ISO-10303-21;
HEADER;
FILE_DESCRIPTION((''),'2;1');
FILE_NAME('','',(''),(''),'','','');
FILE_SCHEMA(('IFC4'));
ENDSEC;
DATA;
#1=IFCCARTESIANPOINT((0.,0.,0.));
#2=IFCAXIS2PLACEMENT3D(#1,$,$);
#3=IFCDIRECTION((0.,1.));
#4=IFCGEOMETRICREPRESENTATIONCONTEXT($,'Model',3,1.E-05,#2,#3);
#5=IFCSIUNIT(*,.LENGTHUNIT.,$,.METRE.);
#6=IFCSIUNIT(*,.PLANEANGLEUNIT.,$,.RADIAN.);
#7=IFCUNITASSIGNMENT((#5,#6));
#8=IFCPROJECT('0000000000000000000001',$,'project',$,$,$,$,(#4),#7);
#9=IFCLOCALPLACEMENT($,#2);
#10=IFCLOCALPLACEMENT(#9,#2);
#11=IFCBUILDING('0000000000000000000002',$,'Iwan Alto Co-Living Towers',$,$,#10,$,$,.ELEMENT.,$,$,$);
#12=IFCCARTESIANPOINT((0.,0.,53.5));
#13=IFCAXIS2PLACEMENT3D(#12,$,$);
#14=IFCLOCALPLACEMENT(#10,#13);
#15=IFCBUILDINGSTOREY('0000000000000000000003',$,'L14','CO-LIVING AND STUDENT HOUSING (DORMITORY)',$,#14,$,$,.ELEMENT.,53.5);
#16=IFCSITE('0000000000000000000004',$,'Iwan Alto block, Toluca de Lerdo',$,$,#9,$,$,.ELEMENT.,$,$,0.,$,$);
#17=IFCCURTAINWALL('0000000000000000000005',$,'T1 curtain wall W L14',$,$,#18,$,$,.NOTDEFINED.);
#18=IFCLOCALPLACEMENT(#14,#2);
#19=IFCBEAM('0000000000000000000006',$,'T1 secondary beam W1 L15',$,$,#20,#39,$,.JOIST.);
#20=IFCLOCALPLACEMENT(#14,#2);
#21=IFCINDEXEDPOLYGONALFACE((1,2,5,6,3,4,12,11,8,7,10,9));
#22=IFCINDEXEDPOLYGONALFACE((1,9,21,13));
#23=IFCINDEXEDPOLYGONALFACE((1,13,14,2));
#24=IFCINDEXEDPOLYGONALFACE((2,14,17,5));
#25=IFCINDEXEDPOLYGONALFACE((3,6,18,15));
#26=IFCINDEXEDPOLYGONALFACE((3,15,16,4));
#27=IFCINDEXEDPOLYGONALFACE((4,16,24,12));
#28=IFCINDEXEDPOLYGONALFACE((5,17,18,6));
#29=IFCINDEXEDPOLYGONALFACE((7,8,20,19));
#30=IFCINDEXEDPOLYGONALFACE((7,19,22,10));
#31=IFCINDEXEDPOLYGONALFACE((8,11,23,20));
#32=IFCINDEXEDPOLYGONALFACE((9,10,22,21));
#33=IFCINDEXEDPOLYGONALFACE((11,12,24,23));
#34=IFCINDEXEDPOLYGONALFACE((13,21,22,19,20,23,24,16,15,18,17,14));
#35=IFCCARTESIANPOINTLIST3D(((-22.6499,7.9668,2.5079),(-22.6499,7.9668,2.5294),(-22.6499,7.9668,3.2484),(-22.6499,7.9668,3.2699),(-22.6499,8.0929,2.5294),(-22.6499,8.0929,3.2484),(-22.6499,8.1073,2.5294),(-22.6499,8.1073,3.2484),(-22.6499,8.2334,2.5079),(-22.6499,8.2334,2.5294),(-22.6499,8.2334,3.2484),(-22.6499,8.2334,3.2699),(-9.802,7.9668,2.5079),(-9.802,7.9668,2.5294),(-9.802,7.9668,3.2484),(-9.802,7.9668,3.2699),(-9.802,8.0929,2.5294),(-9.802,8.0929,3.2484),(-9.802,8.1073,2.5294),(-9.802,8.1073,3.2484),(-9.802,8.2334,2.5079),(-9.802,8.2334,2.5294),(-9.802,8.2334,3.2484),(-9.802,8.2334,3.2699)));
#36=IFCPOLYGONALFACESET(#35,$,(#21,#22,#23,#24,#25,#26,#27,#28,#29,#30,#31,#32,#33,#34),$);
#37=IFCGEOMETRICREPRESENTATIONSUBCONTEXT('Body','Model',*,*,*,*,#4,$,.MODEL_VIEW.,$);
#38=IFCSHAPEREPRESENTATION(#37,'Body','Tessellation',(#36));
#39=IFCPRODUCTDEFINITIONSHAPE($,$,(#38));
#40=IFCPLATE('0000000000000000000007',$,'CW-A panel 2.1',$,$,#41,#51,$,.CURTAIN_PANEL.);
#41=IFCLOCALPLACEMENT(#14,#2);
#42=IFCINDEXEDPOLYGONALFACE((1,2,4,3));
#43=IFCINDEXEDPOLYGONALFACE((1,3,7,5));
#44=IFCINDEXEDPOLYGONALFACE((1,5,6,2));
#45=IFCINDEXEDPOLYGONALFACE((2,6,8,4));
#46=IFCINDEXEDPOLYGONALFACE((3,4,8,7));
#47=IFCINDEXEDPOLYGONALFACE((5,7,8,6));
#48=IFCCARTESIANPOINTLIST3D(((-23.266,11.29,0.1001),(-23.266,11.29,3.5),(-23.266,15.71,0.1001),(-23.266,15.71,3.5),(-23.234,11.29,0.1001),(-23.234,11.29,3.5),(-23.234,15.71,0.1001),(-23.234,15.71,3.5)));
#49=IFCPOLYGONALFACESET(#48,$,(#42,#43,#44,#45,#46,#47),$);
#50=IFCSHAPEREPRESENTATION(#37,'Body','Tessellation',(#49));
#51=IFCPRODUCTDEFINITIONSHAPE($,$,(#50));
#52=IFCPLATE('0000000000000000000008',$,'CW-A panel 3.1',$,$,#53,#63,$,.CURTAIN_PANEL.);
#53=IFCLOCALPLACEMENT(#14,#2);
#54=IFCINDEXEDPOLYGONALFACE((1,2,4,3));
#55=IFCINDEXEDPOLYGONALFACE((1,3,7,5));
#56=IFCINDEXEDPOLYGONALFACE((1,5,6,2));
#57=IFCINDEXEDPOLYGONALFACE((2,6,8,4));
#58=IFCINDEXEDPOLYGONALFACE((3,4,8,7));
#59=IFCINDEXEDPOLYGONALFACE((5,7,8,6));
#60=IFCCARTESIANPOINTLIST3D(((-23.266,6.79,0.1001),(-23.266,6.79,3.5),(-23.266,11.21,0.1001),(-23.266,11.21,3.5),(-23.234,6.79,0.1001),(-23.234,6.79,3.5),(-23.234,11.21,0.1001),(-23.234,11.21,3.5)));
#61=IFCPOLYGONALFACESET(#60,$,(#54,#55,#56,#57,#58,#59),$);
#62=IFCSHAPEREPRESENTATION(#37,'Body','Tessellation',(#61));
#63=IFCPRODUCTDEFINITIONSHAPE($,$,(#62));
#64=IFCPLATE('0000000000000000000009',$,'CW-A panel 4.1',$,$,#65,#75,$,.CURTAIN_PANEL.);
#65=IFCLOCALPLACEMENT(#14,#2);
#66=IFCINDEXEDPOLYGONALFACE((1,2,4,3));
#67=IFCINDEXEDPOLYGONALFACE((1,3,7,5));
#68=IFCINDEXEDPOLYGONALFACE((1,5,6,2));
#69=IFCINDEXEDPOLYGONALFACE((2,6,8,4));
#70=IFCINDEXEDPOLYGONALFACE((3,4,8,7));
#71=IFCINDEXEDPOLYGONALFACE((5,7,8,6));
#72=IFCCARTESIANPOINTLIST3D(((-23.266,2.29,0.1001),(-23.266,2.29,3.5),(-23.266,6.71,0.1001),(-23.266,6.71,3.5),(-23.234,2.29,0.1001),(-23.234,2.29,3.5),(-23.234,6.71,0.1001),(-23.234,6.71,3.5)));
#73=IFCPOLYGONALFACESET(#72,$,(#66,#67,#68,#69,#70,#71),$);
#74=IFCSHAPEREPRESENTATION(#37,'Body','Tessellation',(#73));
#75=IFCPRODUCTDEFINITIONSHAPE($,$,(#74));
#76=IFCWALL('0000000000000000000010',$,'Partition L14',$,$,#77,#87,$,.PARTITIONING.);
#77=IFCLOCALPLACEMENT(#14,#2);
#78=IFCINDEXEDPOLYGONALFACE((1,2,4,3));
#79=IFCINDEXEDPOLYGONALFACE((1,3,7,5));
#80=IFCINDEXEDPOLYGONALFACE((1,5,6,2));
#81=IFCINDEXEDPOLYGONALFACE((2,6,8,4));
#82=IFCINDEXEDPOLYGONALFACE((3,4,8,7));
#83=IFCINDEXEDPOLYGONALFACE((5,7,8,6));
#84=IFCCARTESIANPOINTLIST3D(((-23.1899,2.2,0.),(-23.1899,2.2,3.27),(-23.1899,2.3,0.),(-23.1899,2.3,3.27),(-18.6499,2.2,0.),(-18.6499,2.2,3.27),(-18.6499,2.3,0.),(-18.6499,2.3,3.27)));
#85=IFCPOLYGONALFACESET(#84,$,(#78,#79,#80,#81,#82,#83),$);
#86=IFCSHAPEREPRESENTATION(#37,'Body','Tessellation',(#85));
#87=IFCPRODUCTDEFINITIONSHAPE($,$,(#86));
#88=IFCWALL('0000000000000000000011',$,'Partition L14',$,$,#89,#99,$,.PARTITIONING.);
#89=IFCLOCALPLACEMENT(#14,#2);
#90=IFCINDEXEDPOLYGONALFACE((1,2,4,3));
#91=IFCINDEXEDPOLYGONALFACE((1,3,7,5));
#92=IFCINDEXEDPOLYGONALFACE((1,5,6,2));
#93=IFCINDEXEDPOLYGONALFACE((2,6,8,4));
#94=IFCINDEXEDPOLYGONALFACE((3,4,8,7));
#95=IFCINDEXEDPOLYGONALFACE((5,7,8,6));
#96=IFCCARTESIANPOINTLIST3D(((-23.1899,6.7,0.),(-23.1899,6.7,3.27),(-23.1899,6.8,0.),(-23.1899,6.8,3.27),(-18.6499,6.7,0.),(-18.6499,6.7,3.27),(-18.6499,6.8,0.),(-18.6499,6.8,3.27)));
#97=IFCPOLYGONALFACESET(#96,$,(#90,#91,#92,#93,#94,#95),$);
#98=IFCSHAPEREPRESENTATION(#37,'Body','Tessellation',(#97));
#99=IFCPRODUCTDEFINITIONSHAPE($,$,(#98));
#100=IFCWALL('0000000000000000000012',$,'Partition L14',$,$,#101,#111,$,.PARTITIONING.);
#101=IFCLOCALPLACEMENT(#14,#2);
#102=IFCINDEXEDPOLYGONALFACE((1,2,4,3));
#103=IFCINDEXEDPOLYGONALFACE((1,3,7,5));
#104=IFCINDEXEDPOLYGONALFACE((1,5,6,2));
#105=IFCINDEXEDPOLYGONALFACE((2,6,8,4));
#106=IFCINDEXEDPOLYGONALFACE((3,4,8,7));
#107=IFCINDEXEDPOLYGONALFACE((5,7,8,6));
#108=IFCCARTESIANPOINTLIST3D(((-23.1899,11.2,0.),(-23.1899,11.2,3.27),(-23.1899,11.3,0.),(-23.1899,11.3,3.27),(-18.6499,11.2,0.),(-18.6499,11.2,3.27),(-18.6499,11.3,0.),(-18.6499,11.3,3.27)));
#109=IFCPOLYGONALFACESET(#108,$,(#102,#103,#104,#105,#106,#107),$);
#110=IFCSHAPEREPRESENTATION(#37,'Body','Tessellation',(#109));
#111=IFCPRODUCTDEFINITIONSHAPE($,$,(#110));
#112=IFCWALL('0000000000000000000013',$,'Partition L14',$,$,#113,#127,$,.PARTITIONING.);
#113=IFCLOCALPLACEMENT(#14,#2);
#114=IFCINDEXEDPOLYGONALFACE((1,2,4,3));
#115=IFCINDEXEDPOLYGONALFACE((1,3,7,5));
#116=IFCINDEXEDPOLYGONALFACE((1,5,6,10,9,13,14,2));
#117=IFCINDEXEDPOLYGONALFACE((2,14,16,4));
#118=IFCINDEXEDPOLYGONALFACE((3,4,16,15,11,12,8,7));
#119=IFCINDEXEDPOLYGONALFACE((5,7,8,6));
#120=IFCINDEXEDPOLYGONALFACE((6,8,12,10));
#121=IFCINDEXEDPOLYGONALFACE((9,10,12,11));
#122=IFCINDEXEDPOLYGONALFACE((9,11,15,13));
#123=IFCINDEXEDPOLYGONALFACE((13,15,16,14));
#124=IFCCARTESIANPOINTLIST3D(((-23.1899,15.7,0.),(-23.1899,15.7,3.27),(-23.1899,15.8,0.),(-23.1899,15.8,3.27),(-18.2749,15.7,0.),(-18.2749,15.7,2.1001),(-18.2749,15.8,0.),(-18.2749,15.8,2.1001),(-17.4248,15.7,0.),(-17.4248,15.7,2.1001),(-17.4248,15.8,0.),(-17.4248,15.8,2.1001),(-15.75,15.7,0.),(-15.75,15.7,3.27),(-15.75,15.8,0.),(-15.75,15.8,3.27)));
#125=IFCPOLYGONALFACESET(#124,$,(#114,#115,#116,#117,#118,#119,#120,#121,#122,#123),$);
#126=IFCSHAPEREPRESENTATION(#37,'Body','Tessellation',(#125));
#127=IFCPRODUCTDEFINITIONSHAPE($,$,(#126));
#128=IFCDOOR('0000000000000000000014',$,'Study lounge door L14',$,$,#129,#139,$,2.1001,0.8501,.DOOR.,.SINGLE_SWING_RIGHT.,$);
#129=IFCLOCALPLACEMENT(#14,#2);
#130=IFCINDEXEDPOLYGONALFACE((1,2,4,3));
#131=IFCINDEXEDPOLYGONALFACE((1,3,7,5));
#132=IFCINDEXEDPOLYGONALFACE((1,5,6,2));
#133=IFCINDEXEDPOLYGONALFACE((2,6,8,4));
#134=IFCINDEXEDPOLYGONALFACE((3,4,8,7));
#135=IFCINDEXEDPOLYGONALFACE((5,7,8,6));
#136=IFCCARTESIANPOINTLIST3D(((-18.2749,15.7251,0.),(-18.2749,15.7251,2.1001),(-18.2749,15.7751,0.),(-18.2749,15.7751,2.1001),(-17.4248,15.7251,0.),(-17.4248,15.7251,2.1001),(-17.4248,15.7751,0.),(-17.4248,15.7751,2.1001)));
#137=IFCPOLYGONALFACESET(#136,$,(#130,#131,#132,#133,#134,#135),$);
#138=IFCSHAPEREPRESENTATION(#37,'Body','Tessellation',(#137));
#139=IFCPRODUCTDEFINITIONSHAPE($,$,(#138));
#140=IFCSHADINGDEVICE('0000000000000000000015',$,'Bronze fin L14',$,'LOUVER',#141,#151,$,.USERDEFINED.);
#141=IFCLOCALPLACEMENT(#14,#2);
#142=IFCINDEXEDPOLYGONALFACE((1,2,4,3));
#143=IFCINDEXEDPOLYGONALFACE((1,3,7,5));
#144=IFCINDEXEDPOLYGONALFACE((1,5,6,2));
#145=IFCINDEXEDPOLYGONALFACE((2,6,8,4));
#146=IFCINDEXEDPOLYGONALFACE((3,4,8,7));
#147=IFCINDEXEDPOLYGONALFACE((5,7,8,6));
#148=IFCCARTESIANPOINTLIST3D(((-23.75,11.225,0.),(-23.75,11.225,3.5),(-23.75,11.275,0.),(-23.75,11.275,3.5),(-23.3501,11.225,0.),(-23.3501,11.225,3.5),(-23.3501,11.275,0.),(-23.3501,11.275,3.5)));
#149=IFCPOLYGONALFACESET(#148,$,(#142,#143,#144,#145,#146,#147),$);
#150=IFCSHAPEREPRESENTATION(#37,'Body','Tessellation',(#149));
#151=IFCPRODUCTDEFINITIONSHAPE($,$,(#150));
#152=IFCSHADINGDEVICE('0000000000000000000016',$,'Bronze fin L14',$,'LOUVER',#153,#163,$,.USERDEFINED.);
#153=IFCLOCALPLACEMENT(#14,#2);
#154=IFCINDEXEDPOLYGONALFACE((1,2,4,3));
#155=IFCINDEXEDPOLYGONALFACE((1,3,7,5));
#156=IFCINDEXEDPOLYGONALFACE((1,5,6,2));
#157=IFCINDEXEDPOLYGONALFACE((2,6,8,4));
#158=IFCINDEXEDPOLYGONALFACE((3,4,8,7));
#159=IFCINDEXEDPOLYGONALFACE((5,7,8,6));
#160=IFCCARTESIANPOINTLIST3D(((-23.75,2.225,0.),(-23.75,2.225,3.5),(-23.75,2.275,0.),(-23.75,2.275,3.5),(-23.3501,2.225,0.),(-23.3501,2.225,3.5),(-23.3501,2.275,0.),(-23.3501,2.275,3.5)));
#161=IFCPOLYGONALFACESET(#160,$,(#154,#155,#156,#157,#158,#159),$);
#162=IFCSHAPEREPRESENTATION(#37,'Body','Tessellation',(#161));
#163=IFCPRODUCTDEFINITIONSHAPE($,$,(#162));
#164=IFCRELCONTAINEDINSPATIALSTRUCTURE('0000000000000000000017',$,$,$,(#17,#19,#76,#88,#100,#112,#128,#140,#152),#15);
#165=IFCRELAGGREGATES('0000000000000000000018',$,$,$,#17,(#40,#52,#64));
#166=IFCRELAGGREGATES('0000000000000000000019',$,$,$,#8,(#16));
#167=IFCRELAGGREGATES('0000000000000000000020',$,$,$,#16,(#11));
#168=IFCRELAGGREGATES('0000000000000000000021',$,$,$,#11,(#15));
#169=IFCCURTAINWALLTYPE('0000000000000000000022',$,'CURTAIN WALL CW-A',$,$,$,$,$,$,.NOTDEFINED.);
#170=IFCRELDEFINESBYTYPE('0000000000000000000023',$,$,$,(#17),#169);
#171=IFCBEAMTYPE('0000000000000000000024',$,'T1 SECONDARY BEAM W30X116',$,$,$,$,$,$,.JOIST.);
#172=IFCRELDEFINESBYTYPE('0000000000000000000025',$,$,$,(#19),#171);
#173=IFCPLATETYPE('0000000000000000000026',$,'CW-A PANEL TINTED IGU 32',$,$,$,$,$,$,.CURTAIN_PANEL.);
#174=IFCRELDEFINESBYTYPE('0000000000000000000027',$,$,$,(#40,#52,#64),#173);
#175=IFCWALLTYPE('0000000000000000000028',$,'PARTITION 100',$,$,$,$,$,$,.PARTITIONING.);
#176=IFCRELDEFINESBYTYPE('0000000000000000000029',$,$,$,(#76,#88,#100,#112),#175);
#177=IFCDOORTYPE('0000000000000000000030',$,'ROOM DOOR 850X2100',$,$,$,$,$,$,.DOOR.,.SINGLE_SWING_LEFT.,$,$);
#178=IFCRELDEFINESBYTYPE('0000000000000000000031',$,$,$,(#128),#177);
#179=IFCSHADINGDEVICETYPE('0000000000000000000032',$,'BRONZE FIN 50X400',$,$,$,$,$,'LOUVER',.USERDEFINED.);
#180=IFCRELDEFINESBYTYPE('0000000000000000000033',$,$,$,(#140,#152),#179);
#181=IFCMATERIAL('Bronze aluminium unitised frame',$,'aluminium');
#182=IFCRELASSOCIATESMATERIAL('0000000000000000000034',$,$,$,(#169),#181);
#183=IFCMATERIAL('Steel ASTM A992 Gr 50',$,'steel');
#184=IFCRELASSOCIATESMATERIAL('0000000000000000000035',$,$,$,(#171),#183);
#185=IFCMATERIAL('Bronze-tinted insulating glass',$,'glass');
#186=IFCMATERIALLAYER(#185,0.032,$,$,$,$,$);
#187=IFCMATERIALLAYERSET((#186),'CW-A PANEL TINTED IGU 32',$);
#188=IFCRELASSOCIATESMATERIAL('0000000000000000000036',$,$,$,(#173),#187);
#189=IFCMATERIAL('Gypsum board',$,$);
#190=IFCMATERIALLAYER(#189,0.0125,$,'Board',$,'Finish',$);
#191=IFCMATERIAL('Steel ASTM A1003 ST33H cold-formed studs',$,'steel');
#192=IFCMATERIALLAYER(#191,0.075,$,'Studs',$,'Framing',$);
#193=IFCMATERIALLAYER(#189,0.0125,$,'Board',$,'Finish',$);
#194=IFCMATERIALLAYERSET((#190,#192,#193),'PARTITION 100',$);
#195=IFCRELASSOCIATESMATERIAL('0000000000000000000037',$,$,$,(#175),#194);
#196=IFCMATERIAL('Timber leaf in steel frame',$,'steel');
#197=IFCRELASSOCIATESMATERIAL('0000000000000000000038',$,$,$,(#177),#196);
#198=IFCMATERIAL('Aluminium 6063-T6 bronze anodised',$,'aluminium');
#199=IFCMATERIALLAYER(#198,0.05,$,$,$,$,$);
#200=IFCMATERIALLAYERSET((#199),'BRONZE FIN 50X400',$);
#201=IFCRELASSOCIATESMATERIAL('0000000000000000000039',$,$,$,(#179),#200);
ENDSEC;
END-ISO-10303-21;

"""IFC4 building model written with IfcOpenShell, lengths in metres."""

from ifc_helpers import new_model, si_unit, direction, frame, frame_2d, origin, origin_2d, place, context, subcontext, project, spatial, rectangle, i_section, extrude, material, layer, layer_set, material_profile, profile_set, type_object, element, fill, aggregate, save


model = new_model("IFC4")

# Units and contexts
model_context = context("Model", 3, precision=1e-05, world=origin(), true_north=direction((0.0, 1.0)))
body_context = subcontext(model_context, "Body", "Model", "MODEL_VIEW")
ifc_project = project(units=[si_unit("LENGTHUNIT", "METRE"), si_unit("PLANEANGLEUNIT", "RADIAN")], contexts=[model_context])

# Site, building, storey
site_placement = place(None, origin())
site = spatial("IfcSite", under=ifc_project, at=site_placement, Name="Iwan Alto block, Toluca de Lerdo", CompositionType="ELEMENT", RefElevation=0.0)
building_placement = place(site_placement, origin())
building = spatial("IfcBuilding", under=site, at=building_placement, Name="Iwan Alto Co-Living Towers", CompositionType="ELEMENT")
storey_placement = place(building_placement, frame((0.0, 0.0, 53.5)))
storey = spatial("IfcBuildingStorey", under=building, at=storey_placement, Name="L14", Description="CO-LIVING AND STUDENT HOUSING (DORMITORY)", CompositionType="ELEMENT", Elevation=53.5)

# Curtain wall
ifc_material_1 = material(Name="Bronze aluminium unitised frame", Category="aluminium")
curtain_wall_type = type_object("IfcCurtainWallType", Name="CURTAIN WALL CW-A", PredefinedType="NOTDEFINED", material=ifc_material_1)
curtain_wall_placement = place(storey_placement, origin())
curtain_wall = element("IfcCurtainWall", 1, at=curtain_wall_placement, inside=storey, type_object=curtain_wall_type, Name="T1 curtain wall W L14", PredefinedType="NOTDEFINED")

# Beam
ifc_material_2 = material(Name="Steel ASTM A992 Gr 50", Category="steel")
ifc_material_profile_1 = material_profile(ifc_material_2, i_section(OverallWidth=0.2666, OverallDepth=0.762, WebThickness=0.0144, FlangeThickness=0.0215, at=origin_2d()), Name="W30X116")
ifc_profile_set_1 = profile_set([ifc_material_profile_1], Name="Steel ASTM A992 Gr 50")
beam_type_1 = type_object("IfcBeamType", Name="T1 SECONDARY BEAM W30X116", PredefinedType="JOIST", material=ifc_profile_set_1)
beam_1_placement = place(storey_placement, frame((-22.6499, 8.1001, 2.8889), z_axis=(1.0, 0.0, 0.0), x_axis=(0.0, 1.0, 0.0)))
element("IfcBeam", 2, at=beam_1_placement, inside=storey, type_object=beam_type_1, Name="T1 secondary beam W1 L15", PredefinedType="JOIST", context=body_context, shape_type="SweptSolid", body=[
    extrude(i_section(OverallWidth=0.2666, OverallDepth=0.762, WebThickness=0.0144, FlangeThickness=0.0215, at=origin_2d()), origin(), (0.0, 0.0, 1.0), 12.8479),
])

# Plates
ifc_material_3 = material(Name="Bronze-tinted insulating glass", Category="glass")
ifc_layer_1 = layer(ifc_material_3, 0.032)
ifc_layer_set_1 = layer_set([ifc_layer_1], Name="CW-A PANEL TINTED IGU 32")
plate_type = type_object("IfcPlateType", Name="CW-A PANEL TINTED IGU 32", PredefinedType="CURTAIN_PANEL", material=ifc_layer_set_1)
plate_1_placement = place(storey_placement, frame((-23.25, 13.5, 0.1001), z_axis=(0.0, 0.0, 1.0), x_axis=(0.0, -1.0, 0.0)))
plate_1 = element("IfcPlate", 3, at=plate_1_placement, type_object=plate_type, Name="CW-A panel 2.1", PredefinedType="CURTAIN_PANEL", context=body_context, shape_type="SweptSolid", body=[
    extrude(rectangle(XDim=4.4199, YDim=0.032, at=origin_2d()), origin(), (0.0, 0.0, 1.0), 3.3999),
])
plate_2_placement = place(storey_placement, frame((-23.25, 9.0, 0.1001), z_axis=(0.0, 0.0, 1.0), x_axis=(0.0, -1.0, 0.0)))
plate_2 = element("IfcPlate", 4, at=plate_2_placement, type_object=plate_type, Name="CW-A panel 3.1", PredefinedType="CURTAIN_PANEL", context=body_context, shape_type="SweptSolid", body=[
    extrude(rectangle(XDim=4.4199, YDim=0.032, at=origin_2d()), origin(), (0.0, 0.0, 1.0), 3.3999),
])
plate_3_placement = place(storey_placement, frame((-23.25, 4.5, 0.1001), z_axis=(0.0, 0.0, 1.0), x_axis=(0.0, -1.0, 0.0)))
plate_3 = element("IfcPlate", 5, at=plate_3_placement, type_object=plate_type, Name="CW-A panel 4.1", PredefinedType="CURTAIN_PANEL", context=body_context, shape_type="SweptSolid", body=[
    extrude(rectangle(XDim=4.4199, YDim=0.032, at=origin_2d()), origin(), (0.0, 0.0, 1.0), 3.3999),
])
aggregate(curtain_wall, [plate_1, plate_2, plate_3])

# Walls
ifc_material_4 = material(Name="Gypsum board")
ifc_layer_2 = layer(ifc_material_4, 0.0125, Name="Board", Category="Finish")
ifc_material_5 = material(Name="Steel ASTM A1003 ST33H cold-formed studs", Category="steel")
ifc_layer_3 = layer(ifc_material_5, 0.075, Name="Studs", Category="Framing")
ifc_layer_4 = layer(ifc_material_4, 0.0125, Name="Board", Category="Finish")
ifc_layer_set_2 = layer_set([ifc_layer_2, ifc_layer_3, ifc_layer_4], Name="PARTITION 100")
wall_type = type_object("IfcWallType", Name="PARTITION 100", PredefinedType="PARTITIONING", material=ifc_layer_set_2)
for number, where, z_axis, x_axis, name in (
    (6, (-23.1899, 2.25, 0.0), (0.0, 0.0, 1.0), (1.0, 0.0, 0.0), "Partition L14"),
    (7, (-23.1899, 6.75, 0.0), (0.0, 0.0, 1.0), (1.0, 0.0, 0.0), "Partition L14"),
    (8, (-23.1899, 11.25, 0.0), (0.0, 0.0, 1.0), (1.0, 0.0, 0.0), "Partition L14"),
):
    element("IfcWall", number, at=place(storey_placement, frame(where, z_axis=z_axis, x_axis=x_axis)), inside=storey, type_object=wall_type, Name=name, PredefinedType="PARTITIONING", context=body_context, shape_type="SweptSolid", body=[
        extrude(rectangle(XDim=4.54, YDim=0.1001, at=frame_2d((2.27, 0.0))), origin(), (0.0, 0.0, 1.0), 3.27),
    ])

# Wall, opening, door
wall_placement = place(storey_placement, frame((-23.1899, 15.75, 0.0), z_axis=(0.0, 0.0, 1.0), x_axis=(1.0, 0.0, 0.0)))
wall = element("IfcWall", 9, at=wall_placement, inside=storey, type_object=wall_type, Name="Partition L14", PredefinedType="PARTITIONING", context=body_context, shape_type="SweptSolid", body=[
    extrude(rectangle(XDim=7.4399, YDim=0.1001, at=frame_2d((3.72, 0.0))), origin(), (0.0, 0.0, 1.0), 3.27),
])
opening_placement = place(wall_placement, frame((4.915, 0.0, 0.0)))
opening = element("IfcOpeningElement", 10, at=opening_placement, cuts=wall, PredefinedType="OPENING", context=body_context, shape_type="SweptSolid", body=[
    extrude(rectangle(XDim=0.8501, YDim=2.1001, at=frame_2d((0.425, 1.05))), frame((0.0, 0.0601, 0.0), z_axis=(0.0, -1.0, 0.0), x_axis=(1.0, 0.0, 0.0)), (0.0, 0.0, 1.0), 0.1201),
])
ifc_material_6 = material(Name="Timber leaf in steel frame", Category="steel")
door_type = type_object("IfcDoorType", Name="ROOM DOOR 850X2100", OperationType="SINGLE_SWING_LEFT", PredefinedType="DOOR", material=ifc_material_6)
door_placement = place(opening_placement, frame((0.8501, 0.0, 0.0), z_axis=(0.0, 0.0, 1.0), x_axis=(-1.0, 0.0, 0.0)))
door = element("IfcDoor", 11, at=door_placement, inside=storey, type_object=door_type, Name="Study lounge door L14", OperationType="SINGLE_SWING_RIGHT", OverallHeight=2.1001, OverallWidth=0.8501, PredefinedType="DOOR", context=body_context, shape_type="SweptSolid", body=[
    extrude(rectangle(XDim=0.8501, YDim=2.1001, at=frame_2d((0.425, 1.05))), frame((0.0, 0.0249, 0.0), z_axis=(0.0, -1.0, 0.0), x_axis=(1.0, 0.0, 0.0)), (0.0, 0.0, 1.0), 0.05),
])
fill(opening, door)

# Shading devices
ifc_material_7 = material(Name="Aluminium 6063-T6 bronze anodised", Category="aluminium")
ifc_layer_5 = layer(ifc_material_7, 0.05)
ifc_layer_set_3 = layer_set([ifc_layer_5], Name="BRONZE FIN 50X400")
shading_device_type = type_object("IfcShadingDeviceType", Name="BRONZE FIN 50X400", ElementType="LOUVER", PredefinedType="USERDEFINED", material=ifc_layer_set_3)
for number, where, z_axis, x_axis, name in (
    (12, (-23.55, 11.25, 0.0), (0.0, 0.0, 1.0), (0.0, -1.0, 0.0), "Bronze fin L14"),
    (13, (-23.55, 2.25, 0.0), (0.0, 0.0, 1.0), (0.0, -1.0, 0.0), "Bronze fin L14"),
):
    element("IfcShadingDevice", number, at=place(storey_placement, frame(where, z_axis=z_axis, x_axis=x_axis)), inside=storey, type_object=shading_device_type, Name=name, ObjectType="LOUVER", PredefinedType="USERDEFINED", context=body_context, shape_type="SweptSolid", body=[
        extrude(rectangle(XDim=0.05, YDim=0.3999, at=origin_2d()), origin(), (0.0, 0.0, 1.0), 3.5),
    ])

save(model, "model.ifc")
